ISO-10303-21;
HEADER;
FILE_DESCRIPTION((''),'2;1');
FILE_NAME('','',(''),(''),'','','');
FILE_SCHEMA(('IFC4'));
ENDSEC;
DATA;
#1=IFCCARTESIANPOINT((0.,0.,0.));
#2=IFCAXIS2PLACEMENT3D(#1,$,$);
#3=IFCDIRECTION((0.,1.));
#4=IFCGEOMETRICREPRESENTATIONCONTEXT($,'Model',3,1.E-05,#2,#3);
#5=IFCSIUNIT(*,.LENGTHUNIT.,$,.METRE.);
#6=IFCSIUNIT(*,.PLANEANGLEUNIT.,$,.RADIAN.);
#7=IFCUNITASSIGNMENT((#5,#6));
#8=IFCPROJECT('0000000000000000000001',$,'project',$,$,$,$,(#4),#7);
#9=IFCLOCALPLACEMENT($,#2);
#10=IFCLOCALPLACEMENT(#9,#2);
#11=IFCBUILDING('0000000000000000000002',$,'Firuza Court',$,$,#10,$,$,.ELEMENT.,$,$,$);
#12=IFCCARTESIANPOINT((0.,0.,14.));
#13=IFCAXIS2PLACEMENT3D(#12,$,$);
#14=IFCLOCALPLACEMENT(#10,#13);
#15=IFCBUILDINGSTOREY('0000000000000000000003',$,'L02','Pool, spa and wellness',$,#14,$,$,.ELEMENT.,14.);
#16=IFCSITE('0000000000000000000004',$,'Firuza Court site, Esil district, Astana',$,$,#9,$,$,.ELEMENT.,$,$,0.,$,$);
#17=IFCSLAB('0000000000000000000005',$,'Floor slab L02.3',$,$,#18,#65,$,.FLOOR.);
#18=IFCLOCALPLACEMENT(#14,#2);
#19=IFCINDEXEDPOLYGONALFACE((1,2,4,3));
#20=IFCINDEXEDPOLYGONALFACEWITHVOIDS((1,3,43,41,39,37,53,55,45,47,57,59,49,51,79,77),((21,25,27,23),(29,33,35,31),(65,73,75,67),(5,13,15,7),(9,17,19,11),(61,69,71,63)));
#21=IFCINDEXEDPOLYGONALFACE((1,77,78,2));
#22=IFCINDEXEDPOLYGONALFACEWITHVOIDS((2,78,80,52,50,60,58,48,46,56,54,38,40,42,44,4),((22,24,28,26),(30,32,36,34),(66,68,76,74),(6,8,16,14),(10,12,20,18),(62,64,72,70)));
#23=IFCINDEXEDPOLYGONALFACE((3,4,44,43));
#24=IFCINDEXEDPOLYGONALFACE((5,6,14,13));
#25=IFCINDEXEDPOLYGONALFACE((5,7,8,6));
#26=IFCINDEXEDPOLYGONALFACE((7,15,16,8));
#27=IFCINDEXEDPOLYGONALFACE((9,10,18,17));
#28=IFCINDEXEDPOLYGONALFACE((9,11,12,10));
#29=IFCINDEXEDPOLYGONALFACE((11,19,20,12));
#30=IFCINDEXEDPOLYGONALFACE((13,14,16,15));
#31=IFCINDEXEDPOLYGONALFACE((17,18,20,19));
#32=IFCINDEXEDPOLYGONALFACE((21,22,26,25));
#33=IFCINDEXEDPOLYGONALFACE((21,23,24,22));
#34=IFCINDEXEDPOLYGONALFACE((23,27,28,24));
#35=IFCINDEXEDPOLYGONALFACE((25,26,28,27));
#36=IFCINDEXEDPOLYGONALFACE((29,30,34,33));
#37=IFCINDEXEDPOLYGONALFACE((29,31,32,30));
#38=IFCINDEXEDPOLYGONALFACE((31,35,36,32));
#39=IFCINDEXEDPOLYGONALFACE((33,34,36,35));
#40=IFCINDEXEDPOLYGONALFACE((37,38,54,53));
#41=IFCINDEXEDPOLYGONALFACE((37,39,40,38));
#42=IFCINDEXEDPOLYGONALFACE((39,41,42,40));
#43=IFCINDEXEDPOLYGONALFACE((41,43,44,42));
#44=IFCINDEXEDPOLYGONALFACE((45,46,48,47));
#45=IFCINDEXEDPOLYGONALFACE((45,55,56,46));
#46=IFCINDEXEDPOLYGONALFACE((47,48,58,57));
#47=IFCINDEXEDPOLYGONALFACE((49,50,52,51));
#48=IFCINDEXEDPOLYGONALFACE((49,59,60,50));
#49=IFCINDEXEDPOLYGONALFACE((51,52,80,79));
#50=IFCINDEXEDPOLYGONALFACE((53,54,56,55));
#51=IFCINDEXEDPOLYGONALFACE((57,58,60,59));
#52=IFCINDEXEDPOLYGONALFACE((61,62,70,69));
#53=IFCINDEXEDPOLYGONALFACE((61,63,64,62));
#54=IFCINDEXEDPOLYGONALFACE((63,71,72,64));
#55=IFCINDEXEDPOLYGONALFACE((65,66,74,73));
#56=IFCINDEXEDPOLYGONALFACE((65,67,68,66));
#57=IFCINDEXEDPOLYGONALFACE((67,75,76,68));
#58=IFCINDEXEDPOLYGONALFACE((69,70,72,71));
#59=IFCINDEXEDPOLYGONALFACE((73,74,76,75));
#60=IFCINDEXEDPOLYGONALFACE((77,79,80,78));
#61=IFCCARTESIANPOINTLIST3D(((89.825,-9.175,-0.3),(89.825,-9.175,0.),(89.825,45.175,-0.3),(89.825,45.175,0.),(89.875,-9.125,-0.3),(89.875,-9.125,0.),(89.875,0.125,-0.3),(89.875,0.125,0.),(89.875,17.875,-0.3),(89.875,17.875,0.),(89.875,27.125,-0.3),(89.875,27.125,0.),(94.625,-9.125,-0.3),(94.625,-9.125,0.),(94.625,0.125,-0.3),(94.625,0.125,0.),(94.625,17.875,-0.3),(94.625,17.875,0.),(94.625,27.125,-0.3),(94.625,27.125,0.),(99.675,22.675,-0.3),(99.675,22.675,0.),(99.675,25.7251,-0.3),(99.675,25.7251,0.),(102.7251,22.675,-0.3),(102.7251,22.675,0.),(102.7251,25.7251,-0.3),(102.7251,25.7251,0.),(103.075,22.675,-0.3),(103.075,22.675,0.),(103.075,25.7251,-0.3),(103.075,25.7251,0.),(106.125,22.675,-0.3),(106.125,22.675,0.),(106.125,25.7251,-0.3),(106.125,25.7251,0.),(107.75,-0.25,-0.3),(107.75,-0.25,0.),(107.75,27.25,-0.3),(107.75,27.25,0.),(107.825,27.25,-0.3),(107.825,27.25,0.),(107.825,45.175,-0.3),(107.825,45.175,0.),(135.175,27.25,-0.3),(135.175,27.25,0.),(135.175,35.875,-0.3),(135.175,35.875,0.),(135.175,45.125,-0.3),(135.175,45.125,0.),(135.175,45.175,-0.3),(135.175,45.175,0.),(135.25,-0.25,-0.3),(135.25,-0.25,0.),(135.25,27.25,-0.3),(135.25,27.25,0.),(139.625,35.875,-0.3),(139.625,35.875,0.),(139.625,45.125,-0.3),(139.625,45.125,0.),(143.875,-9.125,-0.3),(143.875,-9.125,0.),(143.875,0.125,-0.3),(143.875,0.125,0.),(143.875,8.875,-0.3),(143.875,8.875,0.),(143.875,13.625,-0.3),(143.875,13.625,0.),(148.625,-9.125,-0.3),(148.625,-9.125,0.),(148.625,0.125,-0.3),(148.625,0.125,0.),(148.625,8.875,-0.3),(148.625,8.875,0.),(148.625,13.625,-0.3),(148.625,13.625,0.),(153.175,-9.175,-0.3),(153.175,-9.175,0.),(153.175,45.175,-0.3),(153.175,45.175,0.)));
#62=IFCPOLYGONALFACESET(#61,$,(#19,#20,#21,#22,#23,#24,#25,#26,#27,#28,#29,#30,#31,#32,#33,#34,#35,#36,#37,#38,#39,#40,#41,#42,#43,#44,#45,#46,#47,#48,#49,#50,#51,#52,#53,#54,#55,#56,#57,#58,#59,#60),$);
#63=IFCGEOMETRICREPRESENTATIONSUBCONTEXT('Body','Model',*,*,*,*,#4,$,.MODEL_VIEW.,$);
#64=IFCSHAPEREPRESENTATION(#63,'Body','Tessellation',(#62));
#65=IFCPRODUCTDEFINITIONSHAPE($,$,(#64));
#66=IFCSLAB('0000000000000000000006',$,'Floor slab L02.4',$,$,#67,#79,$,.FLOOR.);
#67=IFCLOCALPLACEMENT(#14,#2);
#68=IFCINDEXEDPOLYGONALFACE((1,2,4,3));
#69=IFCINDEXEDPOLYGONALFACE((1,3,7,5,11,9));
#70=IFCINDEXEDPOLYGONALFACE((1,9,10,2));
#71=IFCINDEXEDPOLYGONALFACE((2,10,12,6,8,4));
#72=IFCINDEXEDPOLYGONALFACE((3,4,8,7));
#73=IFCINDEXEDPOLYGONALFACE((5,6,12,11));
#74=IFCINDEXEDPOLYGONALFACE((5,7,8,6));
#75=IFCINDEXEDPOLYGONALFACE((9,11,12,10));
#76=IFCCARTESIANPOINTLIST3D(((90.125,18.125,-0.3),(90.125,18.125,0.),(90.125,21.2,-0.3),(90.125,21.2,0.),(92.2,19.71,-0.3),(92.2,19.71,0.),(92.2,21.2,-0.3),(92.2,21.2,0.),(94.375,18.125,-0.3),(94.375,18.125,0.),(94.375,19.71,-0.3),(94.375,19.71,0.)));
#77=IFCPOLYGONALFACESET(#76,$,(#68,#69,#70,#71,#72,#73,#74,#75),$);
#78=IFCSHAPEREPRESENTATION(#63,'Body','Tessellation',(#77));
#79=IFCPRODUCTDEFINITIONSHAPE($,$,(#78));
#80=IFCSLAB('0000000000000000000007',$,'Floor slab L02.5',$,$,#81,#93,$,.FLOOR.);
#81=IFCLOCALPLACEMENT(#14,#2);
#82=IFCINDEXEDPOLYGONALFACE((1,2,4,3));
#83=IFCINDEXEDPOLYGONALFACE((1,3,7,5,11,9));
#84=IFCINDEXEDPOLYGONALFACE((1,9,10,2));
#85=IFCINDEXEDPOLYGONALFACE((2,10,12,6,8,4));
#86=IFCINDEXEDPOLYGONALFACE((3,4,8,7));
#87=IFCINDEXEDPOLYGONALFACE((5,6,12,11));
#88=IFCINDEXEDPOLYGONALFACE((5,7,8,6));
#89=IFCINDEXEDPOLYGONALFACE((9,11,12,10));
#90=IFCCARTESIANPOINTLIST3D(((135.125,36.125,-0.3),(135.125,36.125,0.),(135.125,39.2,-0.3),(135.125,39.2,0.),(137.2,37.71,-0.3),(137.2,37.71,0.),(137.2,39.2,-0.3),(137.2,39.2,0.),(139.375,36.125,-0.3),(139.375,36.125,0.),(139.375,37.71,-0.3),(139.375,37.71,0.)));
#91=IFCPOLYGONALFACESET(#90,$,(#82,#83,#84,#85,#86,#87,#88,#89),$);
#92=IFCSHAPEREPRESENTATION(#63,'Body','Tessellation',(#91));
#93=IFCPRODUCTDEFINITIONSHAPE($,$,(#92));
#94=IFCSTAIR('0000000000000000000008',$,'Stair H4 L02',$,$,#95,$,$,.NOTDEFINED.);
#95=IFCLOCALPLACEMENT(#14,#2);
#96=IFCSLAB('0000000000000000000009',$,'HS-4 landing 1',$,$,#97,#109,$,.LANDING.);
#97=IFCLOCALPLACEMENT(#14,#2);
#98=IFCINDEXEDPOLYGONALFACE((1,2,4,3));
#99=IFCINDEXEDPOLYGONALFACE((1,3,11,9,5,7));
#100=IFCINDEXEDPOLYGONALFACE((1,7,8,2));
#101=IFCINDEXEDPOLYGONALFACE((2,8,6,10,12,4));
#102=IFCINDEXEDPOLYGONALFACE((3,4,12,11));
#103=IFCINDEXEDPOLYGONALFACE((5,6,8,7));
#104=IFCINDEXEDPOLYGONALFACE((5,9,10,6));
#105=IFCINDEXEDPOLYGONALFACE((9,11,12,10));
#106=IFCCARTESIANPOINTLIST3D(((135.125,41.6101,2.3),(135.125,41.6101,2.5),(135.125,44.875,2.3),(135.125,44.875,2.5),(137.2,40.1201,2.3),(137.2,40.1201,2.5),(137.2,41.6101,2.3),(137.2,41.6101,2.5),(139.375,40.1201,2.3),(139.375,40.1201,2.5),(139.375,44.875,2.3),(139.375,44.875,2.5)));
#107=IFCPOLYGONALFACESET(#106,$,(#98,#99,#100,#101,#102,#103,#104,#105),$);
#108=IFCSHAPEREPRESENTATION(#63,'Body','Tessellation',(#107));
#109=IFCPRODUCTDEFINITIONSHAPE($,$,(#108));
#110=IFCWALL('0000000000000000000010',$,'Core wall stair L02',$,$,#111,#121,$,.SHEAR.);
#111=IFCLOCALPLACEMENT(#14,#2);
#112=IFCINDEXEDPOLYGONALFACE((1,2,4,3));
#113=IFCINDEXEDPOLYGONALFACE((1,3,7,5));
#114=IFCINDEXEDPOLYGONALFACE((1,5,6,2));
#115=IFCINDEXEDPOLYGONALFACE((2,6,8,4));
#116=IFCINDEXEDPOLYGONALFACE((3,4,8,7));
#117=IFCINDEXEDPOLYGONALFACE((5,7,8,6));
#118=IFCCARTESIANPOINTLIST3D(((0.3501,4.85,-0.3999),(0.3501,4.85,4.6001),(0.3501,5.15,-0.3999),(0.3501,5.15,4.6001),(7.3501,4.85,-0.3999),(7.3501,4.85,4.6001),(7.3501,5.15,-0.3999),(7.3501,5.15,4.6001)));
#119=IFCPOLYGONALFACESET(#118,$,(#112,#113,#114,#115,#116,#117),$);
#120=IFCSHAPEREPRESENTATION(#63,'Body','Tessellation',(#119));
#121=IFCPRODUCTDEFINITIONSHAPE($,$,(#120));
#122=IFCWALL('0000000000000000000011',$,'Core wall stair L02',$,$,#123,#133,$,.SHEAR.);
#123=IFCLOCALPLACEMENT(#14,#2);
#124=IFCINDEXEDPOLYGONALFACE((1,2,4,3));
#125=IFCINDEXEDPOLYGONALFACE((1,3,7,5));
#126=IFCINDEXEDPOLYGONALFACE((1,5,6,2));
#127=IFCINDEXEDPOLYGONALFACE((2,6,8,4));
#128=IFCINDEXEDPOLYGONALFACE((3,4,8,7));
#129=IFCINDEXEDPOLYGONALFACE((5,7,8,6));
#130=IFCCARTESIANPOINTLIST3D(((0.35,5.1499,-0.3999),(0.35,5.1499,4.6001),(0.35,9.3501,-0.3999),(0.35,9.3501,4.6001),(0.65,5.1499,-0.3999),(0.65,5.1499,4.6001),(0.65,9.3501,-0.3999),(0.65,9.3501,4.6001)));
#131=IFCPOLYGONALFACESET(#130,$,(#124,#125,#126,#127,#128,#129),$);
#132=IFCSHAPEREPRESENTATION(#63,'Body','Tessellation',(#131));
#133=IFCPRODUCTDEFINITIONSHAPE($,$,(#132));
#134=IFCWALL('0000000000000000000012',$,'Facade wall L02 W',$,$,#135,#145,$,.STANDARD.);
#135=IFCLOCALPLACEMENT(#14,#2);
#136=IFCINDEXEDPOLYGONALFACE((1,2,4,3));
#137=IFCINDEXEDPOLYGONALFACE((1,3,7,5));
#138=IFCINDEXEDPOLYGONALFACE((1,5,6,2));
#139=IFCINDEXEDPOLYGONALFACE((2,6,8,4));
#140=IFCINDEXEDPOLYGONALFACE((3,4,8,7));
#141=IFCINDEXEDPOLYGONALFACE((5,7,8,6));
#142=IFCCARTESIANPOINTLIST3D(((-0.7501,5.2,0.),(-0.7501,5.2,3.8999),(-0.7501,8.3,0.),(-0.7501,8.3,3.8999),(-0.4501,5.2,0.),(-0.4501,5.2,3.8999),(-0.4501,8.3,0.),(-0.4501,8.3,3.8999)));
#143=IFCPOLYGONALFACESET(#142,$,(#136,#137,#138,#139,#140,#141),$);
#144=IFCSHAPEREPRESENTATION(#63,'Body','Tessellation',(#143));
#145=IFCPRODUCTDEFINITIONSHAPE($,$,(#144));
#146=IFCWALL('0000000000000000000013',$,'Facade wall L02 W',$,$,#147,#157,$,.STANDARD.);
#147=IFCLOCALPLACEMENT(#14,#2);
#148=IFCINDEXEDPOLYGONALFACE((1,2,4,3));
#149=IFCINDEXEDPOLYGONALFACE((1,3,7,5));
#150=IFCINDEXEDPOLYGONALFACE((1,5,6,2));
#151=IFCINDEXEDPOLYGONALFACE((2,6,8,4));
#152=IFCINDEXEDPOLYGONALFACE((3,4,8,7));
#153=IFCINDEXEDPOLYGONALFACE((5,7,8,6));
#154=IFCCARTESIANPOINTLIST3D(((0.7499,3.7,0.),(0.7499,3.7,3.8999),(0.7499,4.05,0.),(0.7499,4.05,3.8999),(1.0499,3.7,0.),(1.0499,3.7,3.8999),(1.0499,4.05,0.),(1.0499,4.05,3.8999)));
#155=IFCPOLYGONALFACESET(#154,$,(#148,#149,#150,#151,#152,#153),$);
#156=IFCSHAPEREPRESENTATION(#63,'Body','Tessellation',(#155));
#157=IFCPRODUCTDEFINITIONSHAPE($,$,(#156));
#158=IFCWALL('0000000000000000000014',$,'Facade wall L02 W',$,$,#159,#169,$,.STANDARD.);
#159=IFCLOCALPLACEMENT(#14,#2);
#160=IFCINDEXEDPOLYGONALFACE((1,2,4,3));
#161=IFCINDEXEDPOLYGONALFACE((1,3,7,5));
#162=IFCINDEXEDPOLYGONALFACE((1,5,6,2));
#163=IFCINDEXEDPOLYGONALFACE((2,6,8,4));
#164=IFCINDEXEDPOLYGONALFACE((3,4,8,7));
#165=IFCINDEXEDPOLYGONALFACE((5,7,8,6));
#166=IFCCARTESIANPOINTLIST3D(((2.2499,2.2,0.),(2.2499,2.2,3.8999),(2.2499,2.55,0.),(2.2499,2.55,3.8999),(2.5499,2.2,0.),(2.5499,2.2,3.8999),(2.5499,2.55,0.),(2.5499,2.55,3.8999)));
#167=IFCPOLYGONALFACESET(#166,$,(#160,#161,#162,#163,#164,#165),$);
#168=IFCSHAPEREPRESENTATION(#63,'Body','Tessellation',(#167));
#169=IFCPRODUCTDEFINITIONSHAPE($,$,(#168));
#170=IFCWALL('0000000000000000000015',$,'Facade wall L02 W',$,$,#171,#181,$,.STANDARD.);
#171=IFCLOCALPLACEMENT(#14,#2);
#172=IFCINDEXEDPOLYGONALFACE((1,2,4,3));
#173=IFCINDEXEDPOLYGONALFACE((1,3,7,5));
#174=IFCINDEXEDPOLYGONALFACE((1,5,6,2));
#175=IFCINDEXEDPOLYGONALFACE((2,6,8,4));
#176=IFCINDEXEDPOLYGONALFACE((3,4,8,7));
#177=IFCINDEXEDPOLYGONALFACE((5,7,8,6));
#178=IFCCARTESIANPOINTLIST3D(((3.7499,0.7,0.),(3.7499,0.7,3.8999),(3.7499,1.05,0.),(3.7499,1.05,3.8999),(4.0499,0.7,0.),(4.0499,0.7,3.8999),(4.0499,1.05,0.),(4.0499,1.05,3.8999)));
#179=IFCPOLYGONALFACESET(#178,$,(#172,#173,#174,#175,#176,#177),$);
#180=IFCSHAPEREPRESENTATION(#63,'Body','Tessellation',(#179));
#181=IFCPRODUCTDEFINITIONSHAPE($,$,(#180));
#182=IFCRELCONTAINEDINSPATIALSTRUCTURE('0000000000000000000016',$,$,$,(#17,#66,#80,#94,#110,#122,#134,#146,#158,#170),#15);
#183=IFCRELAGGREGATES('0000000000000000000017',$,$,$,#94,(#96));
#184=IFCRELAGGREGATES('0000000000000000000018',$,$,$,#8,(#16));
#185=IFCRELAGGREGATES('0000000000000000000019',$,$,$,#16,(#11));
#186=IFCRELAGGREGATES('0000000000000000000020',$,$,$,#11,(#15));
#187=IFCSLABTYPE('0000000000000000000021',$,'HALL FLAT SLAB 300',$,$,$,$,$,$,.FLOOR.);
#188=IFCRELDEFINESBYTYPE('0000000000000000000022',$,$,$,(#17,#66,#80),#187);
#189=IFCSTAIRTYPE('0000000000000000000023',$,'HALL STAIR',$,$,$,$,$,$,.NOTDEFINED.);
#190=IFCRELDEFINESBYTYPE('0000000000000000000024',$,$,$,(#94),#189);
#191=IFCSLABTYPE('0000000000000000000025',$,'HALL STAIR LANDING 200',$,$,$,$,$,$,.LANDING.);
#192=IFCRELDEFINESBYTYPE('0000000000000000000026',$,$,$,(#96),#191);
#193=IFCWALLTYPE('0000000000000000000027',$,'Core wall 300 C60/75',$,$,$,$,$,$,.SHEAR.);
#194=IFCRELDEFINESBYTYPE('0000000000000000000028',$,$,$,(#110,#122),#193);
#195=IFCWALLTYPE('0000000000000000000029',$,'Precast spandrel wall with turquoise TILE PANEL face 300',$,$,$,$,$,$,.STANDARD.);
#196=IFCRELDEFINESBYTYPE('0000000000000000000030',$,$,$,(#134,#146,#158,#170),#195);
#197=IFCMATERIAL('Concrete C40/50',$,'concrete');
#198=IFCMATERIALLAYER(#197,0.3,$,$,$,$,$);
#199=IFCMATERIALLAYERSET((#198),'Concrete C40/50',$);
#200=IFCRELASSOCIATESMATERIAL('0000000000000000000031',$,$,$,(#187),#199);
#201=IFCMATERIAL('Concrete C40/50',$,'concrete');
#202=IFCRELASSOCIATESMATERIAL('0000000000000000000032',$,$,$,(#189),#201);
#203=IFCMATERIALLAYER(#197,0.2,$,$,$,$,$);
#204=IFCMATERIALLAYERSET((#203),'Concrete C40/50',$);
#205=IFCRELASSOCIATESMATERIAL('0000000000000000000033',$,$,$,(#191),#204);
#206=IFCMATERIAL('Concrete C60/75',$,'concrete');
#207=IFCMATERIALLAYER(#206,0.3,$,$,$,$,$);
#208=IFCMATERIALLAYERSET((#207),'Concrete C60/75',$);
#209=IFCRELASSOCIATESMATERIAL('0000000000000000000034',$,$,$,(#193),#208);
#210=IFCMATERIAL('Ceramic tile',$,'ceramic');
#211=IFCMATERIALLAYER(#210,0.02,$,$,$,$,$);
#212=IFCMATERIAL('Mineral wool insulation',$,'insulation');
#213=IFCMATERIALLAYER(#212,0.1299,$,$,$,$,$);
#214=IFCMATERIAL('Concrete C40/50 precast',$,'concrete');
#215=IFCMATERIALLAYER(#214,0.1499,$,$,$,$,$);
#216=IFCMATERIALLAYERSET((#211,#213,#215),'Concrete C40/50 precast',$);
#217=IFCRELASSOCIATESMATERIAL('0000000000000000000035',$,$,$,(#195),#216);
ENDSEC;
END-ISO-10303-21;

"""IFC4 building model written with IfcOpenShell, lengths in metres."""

from ifc_helpers import new_model, si_unit, direction, frame, frame_2d, origin, place, context, subcontext, project, spatial, polyline, rectangle, outline, extrude, material, layer, layer_set, type_object, element, aggregate, save


model = new_model("IFC4")

# Units and contexts
model_context = context("Model", 3, precision=1e-05, world=origin(), true_north=direction((0.0, 1.0)))
body_context = subcontext(model_context, "Body", "Model", "MODEL_VIEW")
ifc_project = project(units=[si_unit("LENGTHUNIT", "METRE"), si_unit("PLANEANGLEUNIT", "RADIAN")], contexts=[model_context])

# Site, building, storey
site_placement = place(None, origin())
site = spatial("IfcSite", under=ifc_project, at=site_placement, Name="Firuza Court site, Esil district, Astana", CompositionType="ELEMENT", RefElevation=0.0)
building_placement = place(site_placement, origin())
building = spatial("IfcBuilding", under=site, at=building_placement, Name="Firuza Court", CompositionType="ELEMENT")
storey_placement = place(building_placement, frame((0.0, 0.0, 14.0)))
storey = spatial("IfcBuildingStorey", under=building, at=storey_placement, Name="L02", Description="Pool, spa and wellness", CompositionType="ELEMENT", Elevation=14.0)

# Slabs
ifc_material_1 = material(Name="Concrete C40/50", Category="concrete")
ifc_layer_1 = layer(ifc_material_1, 0.3)
ifc_layer_set_1 = layer_set([ifc_layer_1], Name="Concrete C40/50")
slab_type_1 = type_object("IfcSlabType", Name="HALL FLAT SLAB 300", PredefinedType="FLOOR", material=ifc_layer_set_1)
slab_1_placement = place(storey_placement, frame((0.0, 0.0, -0.3)))
element("IfcSlab", 1, at=slab_1_placement, inside=storey, type_object=slab_type_1, Name="Floor slab L02.3", PredefinedType="FLOOR", context=body_context, shape_type="SweptSolid", body=[
    extrude(outline(polyline([(107.825, 45.175), (107.825, 27.25), (107.75, 27.25), (107.75, -0.25), (135.25, -0.25), (135.25, 27.25), (135.175, 27.25), (135.175, 35.875), (139.625, 35.875), (139.625, 45.125), (135.175, 45.125), (135.175, 45.175), (153.175, 45.175), (153.175, -9.175), (89.825, -9.175), (89.825, 45.175), (107.825, 45.175)]), holes=[polyline([(94.625, -9.125), (94.625, 0.125), (89.875, 0.125), (89.875, -9.125), (94.625, -9.125)]), polyline([(148.625, -9.125), (148.625, 0.125), (143.875, 0.125), (143.875, -9.125), (148.625, -9.125)]), polyline([(148.625, 8.875), (148.625, 13.625), (143.875, 13.625), (143.875, 8.875), (148.625, 8.875)]), polyline([(94.625, 17.875), (94.625, 27.125), (89.875, 27.125), (89.875, 17.875), (94.625, 17.875)]), polyline([(102.7251, 22.675), (102.7251, 25.7251), (99.675, 25.7251), (99.675, 22.675), (102.7251, 22.675)]), polyline([(106.125, 22.675), (106.125, 25.7251), (103.075, 25.7251), (103.075, 22.675), (106.125, 22.675)])]), origin(), (0.0, 0.0, 1.0), 0.3),
])
slab_2_placement = place(storey_placement, frame((0.0, 0.0, -0.3)))
element("IfcSlab", 2, at=slab_2_placement, inside=storey, type_object=slab_type_1, Name="Floor slab L02.4", PredefinedType="FLOOR", context=body_context, shape_type="SweptSolid", body=[
    extrude(outline(polyline([(90.125, 18.125), (90.125, 21.2), (92.2, 21.2), (92.2, 19.71), (94.375, 19.71), (94.375, 18.125), (90.125, 18.125)])), origin(), (0.0, 0.0, 1.0), 0.3),
])
slab_3_placement = place(storey_placement, frame((0.0, 0.0, -0.3)))
element("IfcSlab", 3, at=slab_3_placement, inside=storey, type_object=slab_type_1, Name="Floor slab L02.5", PredefinedType="FLOOR", context=body_context, shape_type="SweptSolid", body=[
    extrude(outline(polyline([(135.125, 36.125), (135.125, 39.2), (137.2, 39.2), (137.2, 37.71), (139.375, 37.71), (139.375, 36.125), (135.125, 36.125)])), origin(), (0.0, 0.0, 1.0), 0.3),
])

# Stair, slab
ifc_material_2 = material(Name="Concrete C40/50", Category="concrete")
stair_type_1 = type_object("IfcStairType", Name="HALL STAIR", PredefinedType="NOTDEFINED", material=ifc_material_2)
stair_1_placement = place(storey_placement, origin())
stair_1 = element("IfcStair", 4, at=stair_1_placement, inside=storey, type_object=stair_type_1, Name="Stair H4 L02", PredefinedType="NOTDEFINED")
ifc_layer_2 = layer(ifc_material_1, 0.2)
ifc_layer_set_2 = layer_set([ifc_layer_2], Name="Concrete C40/50")
slab_type_2 = type_object("IfcSlabType", Name="HALL STAIR LANDING 200", PredefinedType="LANDING", material=ifc_layer_set_2)
slab_4_placement = place(storey_placement, frame((0.0, 0.0, 2.3)))
slab_4 = element("IfcSlab", 5, at=slab_4_placement, type_object=slab_type_2, Name="HS-4 landing 1", PredefinedType="LANDING", context=body_context, shape_type="SweptSolid", body=[
    extrude(outline(polyline([(135.125, 41.6101), (137.2, 41.6101), (137.2, 40.1201), (139.375, 40.1201), (139.375, 44.875), (135.125, 44.875), (135.125, 41.6101)])), origin(), (0.0, 0.0, 1.0), 0.2),
])
aggregate(stair_1, [slab_4])

# Walls
ifc_material_3 = material(Name="Concrete C60/75", Category="concrete")
ifc_layer_3 = layer(ifc_material_3, 0.3)
ifc_layer_set_3 = layer_set([ifc_layer_3], Name="Concrete C60/75")
wall_type_1 = type_object("IfcWallType", Name="Core wall 300 C60/75", PredefinedType="SHEAR", material=ifc_layer_set_3)
wall_1_placement = place(storey_placement, frame((0.3501, 5.0, -0.3999), z_axis=(0.0, 0.0, 1.0), x_axis=(1.0, 0.0, 0.0)))
element("IfcWall", 6, at=wall_1_placement, inside=storey, type_object=wall_type_1, Name="Core wall stair L02", PredefinedType="SHEAR", context=body_context, shape_type="SweptSolid", body=[
    extrude(rectangle(XDim=7.0, YDim=0.3, at=frame_2d((3.5, 0.0))), origin(), (0.0, 0.0, 1.0), 5.0),
])
wall_2_placement = place(storey_placement, frame((0.5, 5.1499, -0.3999), z_axis=(0.0, 0.0, 1.0), x_axis=(0.0, 1.0, 0.0)))
element("IfcWall", 7, at=wall_2_placement, inside=storey, type_object=wall_type_1, Name="Core wall stair L02", PredefinedType="SHEAR", context=body_context, shape_type="SweptSolid", body=[
    extrude(rectangle(XDim=4.2002, YDim=0.3, at=frame_2d((2.1001, 0.0))), origin(), (0.0, 0.0, 1.0), 5.0),
])
ifc_material_4 = material(Name="Ceramic tile", Category="ceramic")
ifc_layer_4 = layer(ifc_material_4, 0.02)
ifc_material_5 = material(Name="Mineral wool insulation", Category="insulation")
ifc_layer_5 = layer(ifc_material_5, 0.1299)
ifc_material_6 = material(Name="Concrete C40/50 precast", Category="concrete")
ifc_layer_6 = layer(ifc_material_6, 0.1499)
ifc_layer_set_4 = layer_set([ifc_layer_4, ifc_layer_5, ifc_layer_6], Name="Concrete C40/50 precast")
wall_type_2 = type_object("IfcWallType", Name="Precast spandrel wall with turquoise TILE PANEL face 300", PredefinedType="STANDARD", material=ifc_layer_set_4)
wall_3_placement = place(storey_placement, frame((-0.6001, 8.3, 0.0), z_axis=(0.0, 0.0, 1.0), x_axis=(0.0, -1.0, 0.0)))
element("IfcWall", 8, at=wall_3_placement, inside=storey, type_object=wall_type_2, Name="Facade wall L02 W", PredefinedType="STANDARD", context=body_context, shape_type="SweptSolid", body=[
    extrude(rectangle(XDim=3.1001, YDim=0.3, at=frame_2d((1.55, 0.0))), origin(), (0.0, 0.0, 1.0), 3.8999),
])
for number, where, z_axis, x_axis, name in (
    (9, (0.8999, 4.05, 0.0), (0.0, 0.0, 1.0), (0.0, -1.0, 0.0), "Facade wall L02 W"),
    (10, (2.3999, 2.55, 0.0), (0.0, 0.0, 1.0), (0.0, -1.0, 0.0), "Facade wall L02 W"),
    (11, (3.8999, 1.05, 0.0), (0.0, 0.0, 1.0), (0.0, -1.0, 0.0), "Facade wall L02 W"),
):
    element("IfcWall", number, at=place(storey_placement, frame(where, z_axis=z_axis, x_axis=x_axis)), inside=storey, type_object=wall_type_2, Name=name, PredefinedType="STANDARD", context=body_context, shape_type="SweptSolid", body=[
        extrude(rectangle(XDim=0.3501, YDim=0.3, at=frame_2d((0.175, 0.0))), origin(), (0.0, 0.0, 1.0), 3.8999),
    ])

save(model, "model.ifc")
